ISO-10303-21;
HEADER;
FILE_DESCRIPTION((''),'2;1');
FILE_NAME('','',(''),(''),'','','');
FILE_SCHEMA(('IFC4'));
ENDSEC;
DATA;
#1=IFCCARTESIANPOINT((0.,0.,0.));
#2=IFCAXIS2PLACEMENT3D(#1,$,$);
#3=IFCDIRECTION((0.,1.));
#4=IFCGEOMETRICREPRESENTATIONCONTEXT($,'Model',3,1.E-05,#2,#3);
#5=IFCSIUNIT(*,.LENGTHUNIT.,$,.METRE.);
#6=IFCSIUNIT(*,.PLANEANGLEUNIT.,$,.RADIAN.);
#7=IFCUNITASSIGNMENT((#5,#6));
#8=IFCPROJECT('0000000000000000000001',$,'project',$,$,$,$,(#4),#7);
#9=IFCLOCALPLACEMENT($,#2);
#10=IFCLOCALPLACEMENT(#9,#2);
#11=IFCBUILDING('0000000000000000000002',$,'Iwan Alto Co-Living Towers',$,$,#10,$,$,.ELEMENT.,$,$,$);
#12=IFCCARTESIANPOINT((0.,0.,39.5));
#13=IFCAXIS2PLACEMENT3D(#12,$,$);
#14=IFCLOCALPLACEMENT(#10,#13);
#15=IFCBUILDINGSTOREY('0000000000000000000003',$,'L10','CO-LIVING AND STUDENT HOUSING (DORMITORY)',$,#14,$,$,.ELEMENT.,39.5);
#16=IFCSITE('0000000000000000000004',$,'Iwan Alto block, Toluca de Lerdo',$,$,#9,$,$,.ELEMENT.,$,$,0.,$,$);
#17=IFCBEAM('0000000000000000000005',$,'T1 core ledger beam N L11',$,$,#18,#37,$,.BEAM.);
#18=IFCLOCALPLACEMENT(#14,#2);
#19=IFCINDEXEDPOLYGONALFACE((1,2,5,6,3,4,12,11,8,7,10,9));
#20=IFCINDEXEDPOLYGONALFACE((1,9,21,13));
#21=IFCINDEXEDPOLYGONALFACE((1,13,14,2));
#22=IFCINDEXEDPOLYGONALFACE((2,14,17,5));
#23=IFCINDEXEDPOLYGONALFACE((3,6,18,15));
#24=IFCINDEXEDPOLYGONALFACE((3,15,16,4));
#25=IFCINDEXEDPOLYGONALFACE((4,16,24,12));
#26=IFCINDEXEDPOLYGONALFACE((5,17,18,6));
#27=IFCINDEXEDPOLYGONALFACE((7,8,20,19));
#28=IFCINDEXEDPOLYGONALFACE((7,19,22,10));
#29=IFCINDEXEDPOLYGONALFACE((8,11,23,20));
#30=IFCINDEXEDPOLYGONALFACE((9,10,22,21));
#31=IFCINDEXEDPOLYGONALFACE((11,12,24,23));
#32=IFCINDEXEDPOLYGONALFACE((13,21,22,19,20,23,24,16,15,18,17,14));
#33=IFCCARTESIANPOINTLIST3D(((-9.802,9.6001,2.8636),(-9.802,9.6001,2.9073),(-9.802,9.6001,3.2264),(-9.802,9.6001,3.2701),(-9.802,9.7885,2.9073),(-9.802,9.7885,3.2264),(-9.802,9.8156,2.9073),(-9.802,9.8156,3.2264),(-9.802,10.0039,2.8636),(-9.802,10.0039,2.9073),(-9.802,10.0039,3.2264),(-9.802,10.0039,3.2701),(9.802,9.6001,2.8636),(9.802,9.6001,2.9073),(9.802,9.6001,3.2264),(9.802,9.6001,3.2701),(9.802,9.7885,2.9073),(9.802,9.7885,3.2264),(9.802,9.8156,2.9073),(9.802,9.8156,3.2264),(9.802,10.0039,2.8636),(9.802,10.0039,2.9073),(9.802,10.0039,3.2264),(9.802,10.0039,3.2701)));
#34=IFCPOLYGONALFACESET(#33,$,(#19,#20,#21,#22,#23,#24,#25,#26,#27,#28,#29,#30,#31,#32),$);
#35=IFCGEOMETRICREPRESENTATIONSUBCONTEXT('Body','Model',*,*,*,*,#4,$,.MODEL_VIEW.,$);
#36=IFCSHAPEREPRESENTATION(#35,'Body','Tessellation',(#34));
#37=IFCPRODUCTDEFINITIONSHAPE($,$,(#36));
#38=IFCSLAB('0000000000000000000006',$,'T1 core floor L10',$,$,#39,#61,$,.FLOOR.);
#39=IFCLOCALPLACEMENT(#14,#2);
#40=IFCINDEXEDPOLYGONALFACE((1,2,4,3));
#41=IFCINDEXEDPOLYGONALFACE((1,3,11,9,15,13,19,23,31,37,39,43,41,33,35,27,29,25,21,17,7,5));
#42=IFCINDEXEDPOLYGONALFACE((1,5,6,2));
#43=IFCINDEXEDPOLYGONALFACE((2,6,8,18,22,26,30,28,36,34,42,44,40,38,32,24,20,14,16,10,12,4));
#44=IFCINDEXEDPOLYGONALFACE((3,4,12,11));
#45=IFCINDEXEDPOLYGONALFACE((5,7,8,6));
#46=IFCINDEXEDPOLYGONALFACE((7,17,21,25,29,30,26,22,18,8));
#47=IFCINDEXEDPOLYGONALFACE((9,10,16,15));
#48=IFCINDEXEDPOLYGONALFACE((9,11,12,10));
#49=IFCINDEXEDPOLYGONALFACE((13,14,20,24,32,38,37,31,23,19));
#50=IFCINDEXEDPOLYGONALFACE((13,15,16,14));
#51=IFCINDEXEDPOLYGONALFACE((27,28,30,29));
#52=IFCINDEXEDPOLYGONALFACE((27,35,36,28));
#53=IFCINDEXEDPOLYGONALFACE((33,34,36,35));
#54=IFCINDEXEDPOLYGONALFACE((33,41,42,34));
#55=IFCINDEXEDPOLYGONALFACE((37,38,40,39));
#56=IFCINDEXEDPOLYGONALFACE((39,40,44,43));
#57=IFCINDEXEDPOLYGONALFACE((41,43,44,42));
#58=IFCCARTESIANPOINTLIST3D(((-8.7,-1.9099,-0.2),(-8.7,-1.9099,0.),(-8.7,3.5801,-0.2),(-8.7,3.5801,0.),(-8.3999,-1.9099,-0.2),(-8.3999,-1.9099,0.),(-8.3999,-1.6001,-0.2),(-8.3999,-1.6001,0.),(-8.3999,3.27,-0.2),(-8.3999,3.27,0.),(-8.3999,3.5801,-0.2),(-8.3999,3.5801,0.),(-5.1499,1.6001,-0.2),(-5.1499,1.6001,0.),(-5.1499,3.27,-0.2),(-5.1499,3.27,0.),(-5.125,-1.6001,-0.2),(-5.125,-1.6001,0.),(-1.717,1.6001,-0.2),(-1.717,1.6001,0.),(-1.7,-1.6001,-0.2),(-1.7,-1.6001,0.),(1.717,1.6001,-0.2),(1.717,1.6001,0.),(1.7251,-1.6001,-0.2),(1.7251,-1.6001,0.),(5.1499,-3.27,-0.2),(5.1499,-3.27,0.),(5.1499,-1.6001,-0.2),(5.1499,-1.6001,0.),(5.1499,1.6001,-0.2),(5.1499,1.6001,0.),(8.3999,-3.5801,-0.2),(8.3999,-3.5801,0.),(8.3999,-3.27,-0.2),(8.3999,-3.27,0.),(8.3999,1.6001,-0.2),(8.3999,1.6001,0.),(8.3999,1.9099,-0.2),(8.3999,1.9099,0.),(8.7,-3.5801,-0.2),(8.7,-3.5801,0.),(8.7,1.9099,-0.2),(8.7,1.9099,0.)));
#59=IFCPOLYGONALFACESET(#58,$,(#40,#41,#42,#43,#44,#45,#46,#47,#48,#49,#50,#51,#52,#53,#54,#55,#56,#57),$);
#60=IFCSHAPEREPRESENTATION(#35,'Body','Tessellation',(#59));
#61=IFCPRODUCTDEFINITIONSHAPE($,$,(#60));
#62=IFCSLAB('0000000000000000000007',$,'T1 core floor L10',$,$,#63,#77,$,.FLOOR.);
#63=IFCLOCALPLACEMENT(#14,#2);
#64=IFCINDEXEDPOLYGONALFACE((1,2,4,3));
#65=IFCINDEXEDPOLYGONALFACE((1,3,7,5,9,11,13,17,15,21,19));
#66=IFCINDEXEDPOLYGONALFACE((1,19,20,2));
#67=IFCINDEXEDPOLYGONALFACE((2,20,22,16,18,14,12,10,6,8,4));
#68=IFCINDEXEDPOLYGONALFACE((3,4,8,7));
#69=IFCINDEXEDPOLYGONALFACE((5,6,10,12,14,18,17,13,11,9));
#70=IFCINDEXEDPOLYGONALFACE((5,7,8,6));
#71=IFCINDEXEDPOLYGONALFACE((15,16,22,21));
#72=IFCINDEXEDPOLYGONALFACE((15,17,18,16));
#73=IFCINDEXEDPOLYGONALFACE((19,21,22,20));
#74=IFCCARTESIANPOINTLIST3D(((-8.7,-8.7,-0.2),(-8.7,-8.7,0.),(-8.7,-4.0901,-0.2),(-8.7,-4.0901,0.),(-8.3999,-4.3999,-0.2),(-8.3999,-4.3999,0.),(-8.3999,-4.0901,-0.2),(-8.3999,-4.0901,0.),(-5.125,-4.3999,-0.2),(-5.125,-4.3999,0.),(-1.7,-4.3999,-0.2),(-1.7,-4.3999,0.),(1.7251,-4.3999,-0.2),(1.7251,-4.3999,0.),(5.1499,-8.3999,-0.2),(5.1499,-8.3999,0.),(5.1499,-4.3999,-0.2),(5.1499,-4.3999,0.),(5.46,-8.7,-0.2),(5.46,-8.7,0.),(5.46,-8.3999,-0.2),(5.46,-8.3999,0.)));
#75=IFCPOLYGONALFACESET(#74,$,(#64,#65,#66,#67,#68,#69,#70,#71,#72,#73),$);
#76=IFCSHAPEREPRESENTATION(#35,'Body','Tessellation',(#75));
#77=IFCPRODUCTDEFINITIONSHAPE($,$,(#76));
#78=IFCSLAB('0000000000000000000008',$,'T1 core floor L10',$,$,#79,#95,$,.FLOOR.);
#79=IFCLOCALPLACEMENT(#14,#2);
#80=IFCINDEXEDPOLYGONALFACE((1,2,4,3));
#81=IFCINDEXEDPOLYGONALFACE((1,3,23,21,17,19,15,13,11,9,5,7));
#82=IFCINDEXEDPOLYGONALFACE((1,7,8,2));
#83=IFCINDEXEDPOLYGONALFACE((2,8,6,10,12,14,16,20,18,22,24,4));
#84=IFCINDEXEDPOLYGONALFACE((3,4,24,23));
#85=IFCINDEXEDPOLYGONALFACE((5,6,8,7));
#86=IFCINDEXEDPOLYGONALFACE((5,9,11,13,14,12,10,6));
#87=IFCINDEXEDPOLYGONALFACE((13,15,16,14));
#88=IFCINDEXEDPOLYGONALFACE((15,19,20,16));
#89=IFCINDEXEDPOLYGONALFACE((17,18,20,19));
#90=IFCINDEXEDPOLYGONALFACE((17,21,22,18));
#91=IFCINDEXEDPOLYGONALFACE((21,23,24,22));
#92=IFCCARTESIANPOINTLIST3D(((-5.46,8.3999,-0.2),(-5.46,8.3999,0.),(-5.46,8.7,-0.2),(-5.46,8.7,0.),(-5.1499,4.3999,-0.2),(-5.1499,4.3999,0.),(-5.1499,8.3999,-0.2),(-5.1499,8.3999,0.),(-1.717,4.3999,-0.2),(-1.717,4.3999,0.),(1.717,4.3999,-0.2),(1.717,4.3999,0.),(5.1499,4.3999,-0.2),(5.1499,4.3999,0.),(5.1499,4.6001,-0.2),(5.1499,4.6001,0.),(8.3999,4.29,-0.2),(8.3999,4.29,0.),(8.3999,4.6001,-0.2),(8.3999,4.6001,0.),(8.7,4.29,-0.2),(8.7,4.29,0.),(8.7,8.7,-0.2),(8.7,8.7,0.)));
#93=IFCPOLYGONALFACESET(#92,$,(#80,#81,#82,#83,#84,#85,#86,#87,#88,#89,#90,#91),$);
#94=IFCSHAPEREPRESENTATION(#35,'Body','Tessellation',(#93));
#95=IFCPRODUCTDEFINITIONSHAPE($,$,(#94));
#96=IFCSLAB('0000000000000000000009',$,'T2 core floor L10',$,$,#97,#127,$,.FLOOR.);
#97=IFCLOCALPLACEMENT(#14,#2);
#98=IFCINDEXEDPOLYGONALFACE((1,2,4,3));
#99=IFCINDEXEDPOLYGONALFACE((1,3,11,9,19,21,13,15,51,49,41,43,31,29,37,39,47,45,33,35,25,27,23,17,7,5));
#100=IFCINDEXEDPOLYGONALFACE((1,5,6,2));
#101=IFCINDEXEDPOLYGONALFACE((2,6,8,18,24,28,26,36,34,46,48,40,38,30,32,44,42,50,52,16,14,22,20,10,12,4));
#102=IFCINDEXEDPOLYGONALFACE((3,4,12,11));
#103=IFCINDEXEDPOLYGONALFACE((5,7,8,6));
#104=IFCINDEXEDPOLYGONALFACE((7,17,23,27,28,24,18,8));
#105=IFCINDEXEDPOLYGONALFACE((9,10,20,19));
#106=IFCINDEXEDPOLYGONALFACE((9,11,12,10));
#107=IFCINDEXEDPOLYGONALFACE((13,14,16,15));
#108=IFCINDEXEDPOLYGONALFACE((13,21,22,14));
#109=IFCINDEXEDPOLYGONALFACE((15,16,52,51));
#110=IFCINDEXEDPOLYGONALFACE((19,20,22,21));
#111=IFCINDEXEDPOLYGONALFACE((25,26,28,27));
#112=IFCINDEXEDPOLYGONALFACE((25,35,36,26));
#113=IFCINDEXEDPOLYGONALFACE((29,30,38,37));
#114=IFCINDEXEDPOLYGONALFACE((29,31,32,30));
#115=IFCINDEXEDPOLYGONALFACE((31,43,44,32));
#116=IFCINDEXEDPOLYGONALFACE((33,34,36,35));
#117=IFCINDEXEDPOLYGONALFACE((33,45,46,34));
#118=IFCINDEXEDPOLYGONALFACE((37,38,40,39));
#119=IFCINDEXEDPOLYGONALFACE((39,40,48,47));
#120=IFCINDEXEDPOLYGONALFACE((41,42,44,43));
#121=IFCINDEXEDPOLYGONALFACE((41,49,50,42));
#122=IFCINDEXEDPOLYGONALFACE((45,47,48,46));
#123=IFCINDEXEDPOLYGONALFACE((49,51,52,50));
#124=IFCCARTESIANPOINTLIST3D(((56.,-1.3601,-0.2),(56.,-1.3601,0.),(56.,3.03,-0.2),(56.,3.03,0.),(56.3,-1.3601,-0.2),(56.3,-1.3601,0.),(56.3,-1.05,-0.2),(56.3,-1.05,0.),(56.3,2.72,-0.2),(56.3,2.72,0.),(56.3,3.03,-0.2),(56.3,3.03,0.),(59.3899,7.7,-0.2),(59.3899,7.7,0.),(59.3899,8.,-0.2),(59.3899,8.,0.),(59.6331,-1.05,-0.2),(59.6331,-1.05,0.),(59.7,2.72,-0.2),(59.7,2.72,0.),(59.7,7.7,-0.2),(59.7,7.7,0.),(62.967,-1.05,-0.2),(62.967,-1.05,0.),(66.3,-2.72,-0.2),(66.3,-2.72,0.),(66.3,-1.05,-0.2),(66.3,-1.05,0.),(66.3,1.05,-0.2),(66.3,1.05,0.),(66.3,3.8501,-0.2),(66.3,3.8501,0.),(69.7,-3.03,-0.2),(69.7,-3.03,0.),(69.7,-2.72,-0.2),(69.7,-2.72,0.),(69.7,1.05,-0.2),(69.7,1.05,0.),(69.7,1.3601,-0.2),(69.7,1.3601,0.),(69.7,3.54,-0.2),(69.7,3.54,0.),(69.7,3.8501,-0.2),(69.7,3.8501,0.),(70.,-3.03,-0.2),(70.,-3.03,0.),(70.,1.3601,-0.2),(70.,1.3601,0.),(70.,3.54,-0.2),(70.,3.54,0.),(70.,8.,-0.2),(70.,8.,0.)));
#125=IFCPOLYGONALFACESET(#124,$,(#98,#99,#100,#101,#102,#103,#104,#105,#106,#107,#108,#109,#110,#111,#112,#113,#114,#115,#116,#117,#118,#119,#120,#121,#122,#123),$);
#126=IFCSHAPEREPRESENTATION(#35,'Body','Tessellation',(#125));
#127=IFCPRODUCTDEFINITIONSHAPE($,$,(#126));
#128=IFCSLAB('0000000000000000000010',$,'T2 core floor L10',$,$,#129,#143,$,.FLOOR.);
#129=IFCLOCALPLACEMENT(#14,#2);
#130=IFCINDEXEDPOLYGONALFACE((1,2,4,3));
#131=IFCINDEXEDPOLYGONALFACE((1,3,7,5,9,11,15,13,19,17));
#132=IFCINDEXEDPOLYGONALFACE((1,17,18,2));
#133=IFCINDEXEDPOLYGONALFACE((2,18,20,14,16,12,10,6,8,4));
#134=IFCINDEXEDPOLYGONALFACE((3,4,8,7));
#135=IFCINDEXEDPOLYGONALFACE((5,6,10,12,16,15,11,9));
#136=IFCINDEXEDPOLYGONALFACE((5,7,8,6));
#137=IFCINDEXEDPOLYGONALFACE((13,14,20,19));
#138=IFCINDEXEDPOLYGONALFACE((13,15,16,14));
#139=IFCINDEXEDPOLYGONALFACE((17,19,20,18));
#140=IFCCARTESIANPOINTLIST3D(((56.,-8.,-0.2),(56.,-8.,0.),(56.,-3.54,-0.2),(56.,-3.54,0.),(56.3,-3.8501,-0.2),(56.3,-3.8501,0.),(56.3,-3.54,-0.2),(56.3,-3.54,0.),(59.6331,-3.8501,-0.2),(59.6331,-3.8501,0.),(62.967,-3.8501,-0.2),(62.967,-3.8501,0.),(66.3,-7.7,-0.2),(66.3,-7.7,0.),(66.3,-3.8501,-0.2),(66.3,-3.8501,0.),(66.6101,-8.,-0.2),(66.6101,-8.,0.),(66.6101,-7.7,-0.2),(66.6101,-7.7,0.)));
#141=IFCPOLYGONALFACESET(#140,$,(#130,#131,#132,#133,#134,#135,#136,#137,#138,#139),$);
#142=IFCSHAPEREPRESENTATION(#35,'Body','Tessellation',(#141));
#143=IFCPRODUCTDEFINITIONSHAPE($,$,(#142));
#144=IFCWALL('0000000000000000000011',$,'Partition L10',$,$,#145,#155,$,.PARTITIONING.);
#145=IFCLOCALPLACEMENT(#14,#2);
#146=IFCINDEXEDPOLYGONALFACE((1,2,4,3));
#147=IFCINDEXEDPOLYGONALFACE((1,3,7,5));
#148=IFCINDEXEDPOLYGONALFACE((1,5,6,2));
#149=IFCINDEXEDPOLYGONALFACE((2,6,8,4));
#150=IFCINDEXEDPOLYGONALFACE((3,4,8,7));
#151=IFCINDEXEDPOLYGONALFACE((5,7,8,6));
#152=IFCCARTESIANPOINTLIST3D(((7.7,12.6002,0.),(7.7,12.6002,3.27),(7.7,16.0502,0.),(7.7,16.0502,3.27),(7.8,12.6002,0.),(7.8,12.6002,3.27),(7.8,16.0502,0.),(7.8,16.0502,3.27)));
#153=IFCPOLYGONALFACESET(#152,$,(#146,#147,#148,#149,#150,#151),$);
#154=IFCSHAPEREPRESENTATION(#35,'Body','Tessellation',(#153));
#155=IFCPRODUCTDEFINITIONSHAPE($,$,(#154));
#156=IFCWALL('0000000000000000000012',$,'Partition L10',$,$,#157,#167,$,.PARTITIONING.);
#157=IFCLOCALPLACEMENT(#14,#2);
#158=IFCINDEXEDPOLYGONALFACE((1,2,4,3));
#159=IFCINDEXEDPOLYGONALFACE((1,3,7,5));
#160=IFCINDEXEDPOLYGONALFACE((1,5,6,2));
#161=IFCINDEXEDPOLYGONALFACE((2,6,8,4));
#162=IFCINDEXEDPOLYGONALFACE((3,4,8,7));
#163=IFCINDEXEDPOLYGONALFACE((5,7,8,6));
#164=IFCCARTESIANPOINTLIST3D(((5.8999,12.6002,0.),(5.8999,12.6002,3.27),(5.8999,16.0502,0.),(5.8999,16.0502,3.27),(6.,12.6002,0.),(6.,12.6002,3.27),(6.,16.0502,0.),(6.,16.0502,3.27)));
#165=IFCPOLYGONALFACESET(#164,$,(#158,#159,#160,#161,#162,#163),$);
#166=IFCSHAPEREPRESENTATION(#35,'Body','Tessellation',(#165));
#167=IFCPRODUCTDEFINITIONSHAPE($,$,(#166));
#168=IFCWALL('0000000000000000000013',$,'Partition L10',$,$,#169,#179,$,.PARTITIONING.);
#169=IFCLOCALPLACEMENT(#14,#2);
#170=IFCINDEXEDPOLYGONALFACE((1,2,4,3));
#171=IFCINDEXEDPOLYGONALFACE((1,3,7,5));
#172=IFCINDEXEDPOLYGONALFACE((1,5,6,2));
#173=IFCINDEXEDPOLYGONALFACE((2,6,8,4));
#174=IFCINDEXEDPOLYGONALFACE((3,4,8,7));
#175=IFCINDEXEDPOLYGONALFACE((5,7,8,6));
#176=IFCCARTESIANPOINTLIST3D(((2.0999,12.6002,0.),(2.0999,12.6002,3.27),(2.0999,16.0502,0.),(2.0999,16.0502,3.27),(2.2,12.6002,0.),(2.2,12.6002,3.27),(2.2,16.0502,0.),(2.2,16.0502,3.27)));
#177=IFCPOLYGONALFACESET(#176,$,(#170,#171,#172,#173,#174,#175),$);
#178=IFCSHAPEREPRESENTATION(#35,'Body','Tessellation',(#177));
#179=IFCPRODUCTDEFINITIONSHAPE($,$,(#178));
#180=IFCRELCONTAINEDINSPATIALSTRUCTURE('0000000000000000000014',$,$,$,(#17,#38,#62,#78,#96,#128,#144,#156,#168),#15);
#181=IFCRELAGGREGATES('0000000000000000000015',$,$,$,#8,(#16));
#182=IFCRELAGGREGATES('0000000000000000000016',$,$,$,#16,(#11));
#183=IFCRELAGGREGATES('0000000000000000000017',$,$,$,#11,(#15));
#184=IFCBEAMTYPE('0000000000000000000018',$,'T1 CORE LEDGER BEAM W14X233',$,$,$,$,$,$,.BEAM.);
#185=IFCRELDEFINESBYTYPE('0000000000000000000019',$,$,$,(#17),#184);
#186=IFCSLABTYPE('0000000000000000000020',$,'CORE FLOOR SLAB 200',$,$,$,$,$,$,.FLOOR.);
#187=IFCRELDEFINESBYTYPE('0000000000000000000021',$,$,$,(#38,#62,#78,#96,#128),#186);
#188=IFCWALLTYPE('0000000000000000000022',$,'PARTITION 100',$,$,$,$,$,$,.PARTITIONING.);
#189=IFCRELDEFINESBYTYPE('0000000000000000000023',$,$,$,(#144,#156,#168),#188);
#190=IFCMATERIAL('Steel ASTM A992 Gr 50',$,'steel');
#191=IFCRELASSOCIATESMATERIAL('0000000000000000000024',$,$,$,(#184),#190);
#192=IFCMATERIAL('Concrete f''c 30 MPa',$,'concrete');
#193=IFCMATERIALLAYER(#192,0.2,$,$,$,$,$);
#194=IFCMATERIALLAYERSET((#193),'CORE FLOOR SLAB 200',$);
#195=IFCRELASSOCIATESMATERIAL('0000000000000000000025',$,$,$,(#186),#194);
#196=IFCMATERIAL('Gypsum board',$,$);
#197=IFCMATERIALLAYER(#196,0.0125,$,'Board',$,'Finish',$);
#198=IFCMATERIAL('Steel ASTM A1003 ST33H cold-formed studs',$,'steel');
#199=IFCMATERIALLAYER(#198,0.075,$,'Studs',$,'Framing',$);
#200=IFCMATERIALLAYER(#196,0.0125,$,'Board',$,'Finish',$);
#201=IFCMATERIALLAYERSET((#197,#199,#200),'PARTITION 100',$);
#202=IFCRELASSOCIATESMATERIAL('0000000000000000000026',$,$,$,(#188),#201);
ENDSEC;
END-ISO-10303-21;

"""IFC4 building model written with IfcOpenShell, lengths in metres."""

from ifc_helpers import new_model, si_unit, direction, frame, frame_2d, origin, origin_2d, place, context, subcontext, project, spatial, polyline, rectangle, i_section, outline, extrude, material, layer, layer_set, material_profile, profile_set, type_object, element, save


model = new_model("IFC4")

# Units and contexts
model_context = context("Model", 3, precision=1e-05, world=origin(), true_north=direction((0.0, 1.0)))
body_context = subcontext(model_context, "Body", "Model", "MODEL_VIEW")
ifc_project = project(units=[si_unit("LENGTHUNIT", "METRE"), si_unit("PLANEANGLEUNIT", "RADIAN")], contexts=[model_context])

# Site, building, storey
site_placement = place(None, origin())
site = spatial("IfcSite", under=ifc_project, at=site_placement, Name="Iwan Alto block, Toluca de Lerdo", CompositionType="ELEMENT", RefElevation=0.0)
building_placement = place(site_placement, origin())
building = spatial("IfcBuilding", under=site, at=building_placement, Name="Iwan Alto Co-Living Towers", CompositionType="ELEMENT")
storey_placement = place(building_placement, frame((0.0, 0.0, 39.5)))
storey = spatial("IfcBuildingStorey", under=building, at=storey_placement, Name="L10", Description="CO-LIVING AND STUDENT HOUSING (DORMITORY)", CompositionType="ELEMENT", Elevation=39.5)

# Beam
ifc_material_1 = material(Name="Steel ASTM A992 Gr 50", Category="steel")
ifc_material_profile = material_profile(ifc_material_1, i_section(OverallWidth=0.4038, OverallDepth=0.4065, WebThickness=0.0271, FlangeThickness=0.0437, at=origin_2d()), Name="W14X233")
ifc_profile_set = profile_set([ifc_material_profile], Name="Steel ASTM A992 Gr 50")
beam_type = type_object("IfcBeamType", Name="T1 CORE LEDGER BEAM W14X233", PredefinedType="BEAM", material=ifc_profile_set)
beam_placement = place(storey_placement, frame((9.802, 9.802, 3.0669), z_axis=(-1.0, 0.0, 0.0), x_axis=(0.0, -1.0, 0.0)))
element("IfcBeam", 1, at=beam_placement, inside=storey, type_object=beam_type, Name="T1 core ledger beam N L11", PredefinedType="BEAM", context=body_context, shape_type="SweptSolid", body=[
    extrude(i_section(OverallWidth=0.4038, OverallDepth=0.4065, WebThickness=0.0271, FlangeThickness=0.0437, at=origin_2d()), origin(), (0.0, 0.0, 1.0), 19.604),
])

# Slabs
ifc_material_2 = material(Name="Concrete f'c 30 MPa", Category="concrete")
ifc_layer_1 = layer(ifc_material_2, 0.2)
ifc_layer_set_1 = layer_set([ifc_layer_1], Name="CORE FLOOR SLAB 200")
slab_type = type_object("IfcSlabType", Name="CORE FLOOR SLAB 200", PredefinedType="FLOOR", material=ifc_layer_set_1)
slab_1_placement = place(storey_placement, frame((0.0, 0.0, -0.2)))
element("IfcSlab", 2, at=slab_1_placement, inside=storey, type_object=slab_type, Name="T1 core floor L10", PredefinedType="FLOOR", context=body_context, shape_type="SweptSolid", body=[
    extrude(outline(polyline([(8.7, -3.5801), (8.3999, -3.5801), (8.3999, -3.27), (5.1499, -3.27), (5.1499, -1.6001), (1.7251, -1.6001), (-1.7, -1.6001), (-5.125, -1.6001), (-8.3999, -1.6001), (-8.3999, -1.9099), (-8.7, -1.9099), (-8.7, 3.5801), (-8.3999, 3.5801), (-8.3999, 3.27), (-5.1499, 3.27), (-5.1499, 1.6001), (-1.717, 1.6001), (1.717, 1.6001), (5.1499, 1.6001), (8.3999, 1.6001), (8.3999, 1.9099), (8.7, 1.9099), (8.7, -3.5801)])), origin(), (0.0, 0.0, 1.0), 0.2),
])
slab_2_placement = place(storey_placement, frame((0.0, 0.0, -0.2)))
element("IfcSlab", 3, at=slab_2_placement, inside=storey, type_object=slab_type, Name="T1 core floor L10", PredefinedType="FLOOR", context=body_context, shape_type="SweptSolid", body=[
    extrude(outline(polyline([(-1.7, -4.3999), (1.7251, -4.3999), (5.1499, -4.3999), (5.1499, -8.3999), (5.46, -8.3999), (5.46, -8.7), (-8.7, -8.7), (-8.7, -4.0901), (-8.3999, -4.0901), (-8.3999, -4.3999), (-5.125, -4.3999), (-1.7, -4.3999)])), origin(), (0.0, 0.0, 1.0), 0.2),
])
slab_3_placement = place(storey_placement, frame((0.0, 0.0, -0.2)))
element("IfcSlab", 4, at=slab_3_placement, inside=storey, type_object=slab_type, Name="T1 core floor L10", PredefinedType="FLOOR", context=body_context, shape_type="SweptSolid", body=[
    extrude(outline(polyline([(1.717, 4.3999), (-1.717, 4.3999), (-5.1499, 4.3999), (-5.1499, 8.3999), (-5.46, 8.3999), (-5.46, 8.7), (8.7, 8.7), (8.7, 4.29), (8.3999, 4.29), (8.3999, 4.6001), (5.1499, 4.6001), (5.1499, 4.3999), (1.717, 4.3999)])), origin(), (0.0, 0.0, 1.0), 0.2),
])
slab_4_placement = place(storey_placement, frame((0.0, 0.0, -0.2)))
element("IfcSlab", 5, at=slab_4_placement, inside=storey, type_object=slab_type, Name="T2 core floor L10", PredefinedType="FLOOR", context=body_context, shape_type="SweptSolid", body=[
    extrude(outline(polyline([(70.0, -3.03), (69.7, -3.03), (69.7, -2.72), (66.3, -2.72), (66.3, -1.05), (62.967, -1.05), (59.6331, -1.05), (56.3, -1.05), (56.3, -1.3601), (56.0, -1.3601), (56.0, 3.03), (56.3, 3.03), (56.3, 2.72), (59.7, 2.72), (59.7, 7.7), (59.3899, 7.7), (59.3899, 8.0), (70.0, 8.0), (70.0, 3.54), (69.7, 3.54), (69.7, 3.8501), (66.3, 3.8501), (66.3, 1.05), (69.7, 1.05), (69.7, 1.3601), (70.0, 1.3601), (70.0, -3.03)])), origin(), (0.0, 0.0, 1.0), 0.2),
])
slab_5_placement = place(storey_placement, frame((0.0, 0.0, -0.2)))
element("IfcSlab", 6, at=slab_5_placement, inside=storey, type_object=slab_type, Name="T2 core floor L10", PredefinedType="FLOOR", context=body_context, shape_type="SweptSolid", body=[
    extrude(outline(polyline([(62.967, -3.8501), (66.3, -3.8501), (66.3, -7.7), (66.6101, -7.7), (66.6101, -8.0), (56.0, -8.0), (56.0, -3.54), (56.3, -3.54), (56.3, -3.8501), (59.6331, -3.8501), (62.967, -3.8501)])), origin(), (0.0, 0.0, 1.0), 0.2),
])

# Walls
ifc_material_3 = material(Name="Gypsum board")
ifc_layer_2 = layer(ifc_material_3, 0.0125, Name="Board", Category="Finish")
ifc_material_4 = material(Name="Steel ASTM A1003 ST33H cold-formed studs", Category="steel")
ifc_layer_3 = layer(ifc_material_4, 0.075, Name="Studs", Category="Framing")
ifc_layer_4 = layer(ifc_material_3, 0.0125, Name="Board", Category="Finish")
ifc_layer_set_2 = layer_set([ifc_layer_2, ifc_layer_3, ifc_layer_4], Name="PARTITION 100")
wall_type_1 = type_object("IfcWallType", Name="PARTITION 100", PredefinedType="PARTITIONING", material=ifc_layer_set_2)
for number, where, z_axis, x_axis, name in (
    (7, (7.75, 12.6001, 0.0), (0.0, 0.0, 1.0), (0.0, 1.0, 0.0), "Partition L10"),
    (8, (5.95, 12.6001, 0.0), (0.0, 0.0, 1.0), (0.0, 1.0, 0.0), "Partition L10"),
    (9, (2.1499, 12.6001, 0.0), (0.0, 0.0, 1.0), (0.0, 1.0, 0.0), "Partition L10"),
):
    element("IfcWall", number, at=place(storey_placement, frame(where, z_axis=z_axis, x_axis=x_axis)), inside=storey, type_object=wall_type_1, Name=name, PredefinedType="PARTITIONING", context=body_context, shape_type="SweptSolid", body=[
        extrude(rectangle(XDim=3.45, YDim=0.1001, at=frame_2d((1.7251, 0.0))), origin(), (0.0, 0.0, 1.0), 3.27),
    ])

save(model, "model.ifc")
